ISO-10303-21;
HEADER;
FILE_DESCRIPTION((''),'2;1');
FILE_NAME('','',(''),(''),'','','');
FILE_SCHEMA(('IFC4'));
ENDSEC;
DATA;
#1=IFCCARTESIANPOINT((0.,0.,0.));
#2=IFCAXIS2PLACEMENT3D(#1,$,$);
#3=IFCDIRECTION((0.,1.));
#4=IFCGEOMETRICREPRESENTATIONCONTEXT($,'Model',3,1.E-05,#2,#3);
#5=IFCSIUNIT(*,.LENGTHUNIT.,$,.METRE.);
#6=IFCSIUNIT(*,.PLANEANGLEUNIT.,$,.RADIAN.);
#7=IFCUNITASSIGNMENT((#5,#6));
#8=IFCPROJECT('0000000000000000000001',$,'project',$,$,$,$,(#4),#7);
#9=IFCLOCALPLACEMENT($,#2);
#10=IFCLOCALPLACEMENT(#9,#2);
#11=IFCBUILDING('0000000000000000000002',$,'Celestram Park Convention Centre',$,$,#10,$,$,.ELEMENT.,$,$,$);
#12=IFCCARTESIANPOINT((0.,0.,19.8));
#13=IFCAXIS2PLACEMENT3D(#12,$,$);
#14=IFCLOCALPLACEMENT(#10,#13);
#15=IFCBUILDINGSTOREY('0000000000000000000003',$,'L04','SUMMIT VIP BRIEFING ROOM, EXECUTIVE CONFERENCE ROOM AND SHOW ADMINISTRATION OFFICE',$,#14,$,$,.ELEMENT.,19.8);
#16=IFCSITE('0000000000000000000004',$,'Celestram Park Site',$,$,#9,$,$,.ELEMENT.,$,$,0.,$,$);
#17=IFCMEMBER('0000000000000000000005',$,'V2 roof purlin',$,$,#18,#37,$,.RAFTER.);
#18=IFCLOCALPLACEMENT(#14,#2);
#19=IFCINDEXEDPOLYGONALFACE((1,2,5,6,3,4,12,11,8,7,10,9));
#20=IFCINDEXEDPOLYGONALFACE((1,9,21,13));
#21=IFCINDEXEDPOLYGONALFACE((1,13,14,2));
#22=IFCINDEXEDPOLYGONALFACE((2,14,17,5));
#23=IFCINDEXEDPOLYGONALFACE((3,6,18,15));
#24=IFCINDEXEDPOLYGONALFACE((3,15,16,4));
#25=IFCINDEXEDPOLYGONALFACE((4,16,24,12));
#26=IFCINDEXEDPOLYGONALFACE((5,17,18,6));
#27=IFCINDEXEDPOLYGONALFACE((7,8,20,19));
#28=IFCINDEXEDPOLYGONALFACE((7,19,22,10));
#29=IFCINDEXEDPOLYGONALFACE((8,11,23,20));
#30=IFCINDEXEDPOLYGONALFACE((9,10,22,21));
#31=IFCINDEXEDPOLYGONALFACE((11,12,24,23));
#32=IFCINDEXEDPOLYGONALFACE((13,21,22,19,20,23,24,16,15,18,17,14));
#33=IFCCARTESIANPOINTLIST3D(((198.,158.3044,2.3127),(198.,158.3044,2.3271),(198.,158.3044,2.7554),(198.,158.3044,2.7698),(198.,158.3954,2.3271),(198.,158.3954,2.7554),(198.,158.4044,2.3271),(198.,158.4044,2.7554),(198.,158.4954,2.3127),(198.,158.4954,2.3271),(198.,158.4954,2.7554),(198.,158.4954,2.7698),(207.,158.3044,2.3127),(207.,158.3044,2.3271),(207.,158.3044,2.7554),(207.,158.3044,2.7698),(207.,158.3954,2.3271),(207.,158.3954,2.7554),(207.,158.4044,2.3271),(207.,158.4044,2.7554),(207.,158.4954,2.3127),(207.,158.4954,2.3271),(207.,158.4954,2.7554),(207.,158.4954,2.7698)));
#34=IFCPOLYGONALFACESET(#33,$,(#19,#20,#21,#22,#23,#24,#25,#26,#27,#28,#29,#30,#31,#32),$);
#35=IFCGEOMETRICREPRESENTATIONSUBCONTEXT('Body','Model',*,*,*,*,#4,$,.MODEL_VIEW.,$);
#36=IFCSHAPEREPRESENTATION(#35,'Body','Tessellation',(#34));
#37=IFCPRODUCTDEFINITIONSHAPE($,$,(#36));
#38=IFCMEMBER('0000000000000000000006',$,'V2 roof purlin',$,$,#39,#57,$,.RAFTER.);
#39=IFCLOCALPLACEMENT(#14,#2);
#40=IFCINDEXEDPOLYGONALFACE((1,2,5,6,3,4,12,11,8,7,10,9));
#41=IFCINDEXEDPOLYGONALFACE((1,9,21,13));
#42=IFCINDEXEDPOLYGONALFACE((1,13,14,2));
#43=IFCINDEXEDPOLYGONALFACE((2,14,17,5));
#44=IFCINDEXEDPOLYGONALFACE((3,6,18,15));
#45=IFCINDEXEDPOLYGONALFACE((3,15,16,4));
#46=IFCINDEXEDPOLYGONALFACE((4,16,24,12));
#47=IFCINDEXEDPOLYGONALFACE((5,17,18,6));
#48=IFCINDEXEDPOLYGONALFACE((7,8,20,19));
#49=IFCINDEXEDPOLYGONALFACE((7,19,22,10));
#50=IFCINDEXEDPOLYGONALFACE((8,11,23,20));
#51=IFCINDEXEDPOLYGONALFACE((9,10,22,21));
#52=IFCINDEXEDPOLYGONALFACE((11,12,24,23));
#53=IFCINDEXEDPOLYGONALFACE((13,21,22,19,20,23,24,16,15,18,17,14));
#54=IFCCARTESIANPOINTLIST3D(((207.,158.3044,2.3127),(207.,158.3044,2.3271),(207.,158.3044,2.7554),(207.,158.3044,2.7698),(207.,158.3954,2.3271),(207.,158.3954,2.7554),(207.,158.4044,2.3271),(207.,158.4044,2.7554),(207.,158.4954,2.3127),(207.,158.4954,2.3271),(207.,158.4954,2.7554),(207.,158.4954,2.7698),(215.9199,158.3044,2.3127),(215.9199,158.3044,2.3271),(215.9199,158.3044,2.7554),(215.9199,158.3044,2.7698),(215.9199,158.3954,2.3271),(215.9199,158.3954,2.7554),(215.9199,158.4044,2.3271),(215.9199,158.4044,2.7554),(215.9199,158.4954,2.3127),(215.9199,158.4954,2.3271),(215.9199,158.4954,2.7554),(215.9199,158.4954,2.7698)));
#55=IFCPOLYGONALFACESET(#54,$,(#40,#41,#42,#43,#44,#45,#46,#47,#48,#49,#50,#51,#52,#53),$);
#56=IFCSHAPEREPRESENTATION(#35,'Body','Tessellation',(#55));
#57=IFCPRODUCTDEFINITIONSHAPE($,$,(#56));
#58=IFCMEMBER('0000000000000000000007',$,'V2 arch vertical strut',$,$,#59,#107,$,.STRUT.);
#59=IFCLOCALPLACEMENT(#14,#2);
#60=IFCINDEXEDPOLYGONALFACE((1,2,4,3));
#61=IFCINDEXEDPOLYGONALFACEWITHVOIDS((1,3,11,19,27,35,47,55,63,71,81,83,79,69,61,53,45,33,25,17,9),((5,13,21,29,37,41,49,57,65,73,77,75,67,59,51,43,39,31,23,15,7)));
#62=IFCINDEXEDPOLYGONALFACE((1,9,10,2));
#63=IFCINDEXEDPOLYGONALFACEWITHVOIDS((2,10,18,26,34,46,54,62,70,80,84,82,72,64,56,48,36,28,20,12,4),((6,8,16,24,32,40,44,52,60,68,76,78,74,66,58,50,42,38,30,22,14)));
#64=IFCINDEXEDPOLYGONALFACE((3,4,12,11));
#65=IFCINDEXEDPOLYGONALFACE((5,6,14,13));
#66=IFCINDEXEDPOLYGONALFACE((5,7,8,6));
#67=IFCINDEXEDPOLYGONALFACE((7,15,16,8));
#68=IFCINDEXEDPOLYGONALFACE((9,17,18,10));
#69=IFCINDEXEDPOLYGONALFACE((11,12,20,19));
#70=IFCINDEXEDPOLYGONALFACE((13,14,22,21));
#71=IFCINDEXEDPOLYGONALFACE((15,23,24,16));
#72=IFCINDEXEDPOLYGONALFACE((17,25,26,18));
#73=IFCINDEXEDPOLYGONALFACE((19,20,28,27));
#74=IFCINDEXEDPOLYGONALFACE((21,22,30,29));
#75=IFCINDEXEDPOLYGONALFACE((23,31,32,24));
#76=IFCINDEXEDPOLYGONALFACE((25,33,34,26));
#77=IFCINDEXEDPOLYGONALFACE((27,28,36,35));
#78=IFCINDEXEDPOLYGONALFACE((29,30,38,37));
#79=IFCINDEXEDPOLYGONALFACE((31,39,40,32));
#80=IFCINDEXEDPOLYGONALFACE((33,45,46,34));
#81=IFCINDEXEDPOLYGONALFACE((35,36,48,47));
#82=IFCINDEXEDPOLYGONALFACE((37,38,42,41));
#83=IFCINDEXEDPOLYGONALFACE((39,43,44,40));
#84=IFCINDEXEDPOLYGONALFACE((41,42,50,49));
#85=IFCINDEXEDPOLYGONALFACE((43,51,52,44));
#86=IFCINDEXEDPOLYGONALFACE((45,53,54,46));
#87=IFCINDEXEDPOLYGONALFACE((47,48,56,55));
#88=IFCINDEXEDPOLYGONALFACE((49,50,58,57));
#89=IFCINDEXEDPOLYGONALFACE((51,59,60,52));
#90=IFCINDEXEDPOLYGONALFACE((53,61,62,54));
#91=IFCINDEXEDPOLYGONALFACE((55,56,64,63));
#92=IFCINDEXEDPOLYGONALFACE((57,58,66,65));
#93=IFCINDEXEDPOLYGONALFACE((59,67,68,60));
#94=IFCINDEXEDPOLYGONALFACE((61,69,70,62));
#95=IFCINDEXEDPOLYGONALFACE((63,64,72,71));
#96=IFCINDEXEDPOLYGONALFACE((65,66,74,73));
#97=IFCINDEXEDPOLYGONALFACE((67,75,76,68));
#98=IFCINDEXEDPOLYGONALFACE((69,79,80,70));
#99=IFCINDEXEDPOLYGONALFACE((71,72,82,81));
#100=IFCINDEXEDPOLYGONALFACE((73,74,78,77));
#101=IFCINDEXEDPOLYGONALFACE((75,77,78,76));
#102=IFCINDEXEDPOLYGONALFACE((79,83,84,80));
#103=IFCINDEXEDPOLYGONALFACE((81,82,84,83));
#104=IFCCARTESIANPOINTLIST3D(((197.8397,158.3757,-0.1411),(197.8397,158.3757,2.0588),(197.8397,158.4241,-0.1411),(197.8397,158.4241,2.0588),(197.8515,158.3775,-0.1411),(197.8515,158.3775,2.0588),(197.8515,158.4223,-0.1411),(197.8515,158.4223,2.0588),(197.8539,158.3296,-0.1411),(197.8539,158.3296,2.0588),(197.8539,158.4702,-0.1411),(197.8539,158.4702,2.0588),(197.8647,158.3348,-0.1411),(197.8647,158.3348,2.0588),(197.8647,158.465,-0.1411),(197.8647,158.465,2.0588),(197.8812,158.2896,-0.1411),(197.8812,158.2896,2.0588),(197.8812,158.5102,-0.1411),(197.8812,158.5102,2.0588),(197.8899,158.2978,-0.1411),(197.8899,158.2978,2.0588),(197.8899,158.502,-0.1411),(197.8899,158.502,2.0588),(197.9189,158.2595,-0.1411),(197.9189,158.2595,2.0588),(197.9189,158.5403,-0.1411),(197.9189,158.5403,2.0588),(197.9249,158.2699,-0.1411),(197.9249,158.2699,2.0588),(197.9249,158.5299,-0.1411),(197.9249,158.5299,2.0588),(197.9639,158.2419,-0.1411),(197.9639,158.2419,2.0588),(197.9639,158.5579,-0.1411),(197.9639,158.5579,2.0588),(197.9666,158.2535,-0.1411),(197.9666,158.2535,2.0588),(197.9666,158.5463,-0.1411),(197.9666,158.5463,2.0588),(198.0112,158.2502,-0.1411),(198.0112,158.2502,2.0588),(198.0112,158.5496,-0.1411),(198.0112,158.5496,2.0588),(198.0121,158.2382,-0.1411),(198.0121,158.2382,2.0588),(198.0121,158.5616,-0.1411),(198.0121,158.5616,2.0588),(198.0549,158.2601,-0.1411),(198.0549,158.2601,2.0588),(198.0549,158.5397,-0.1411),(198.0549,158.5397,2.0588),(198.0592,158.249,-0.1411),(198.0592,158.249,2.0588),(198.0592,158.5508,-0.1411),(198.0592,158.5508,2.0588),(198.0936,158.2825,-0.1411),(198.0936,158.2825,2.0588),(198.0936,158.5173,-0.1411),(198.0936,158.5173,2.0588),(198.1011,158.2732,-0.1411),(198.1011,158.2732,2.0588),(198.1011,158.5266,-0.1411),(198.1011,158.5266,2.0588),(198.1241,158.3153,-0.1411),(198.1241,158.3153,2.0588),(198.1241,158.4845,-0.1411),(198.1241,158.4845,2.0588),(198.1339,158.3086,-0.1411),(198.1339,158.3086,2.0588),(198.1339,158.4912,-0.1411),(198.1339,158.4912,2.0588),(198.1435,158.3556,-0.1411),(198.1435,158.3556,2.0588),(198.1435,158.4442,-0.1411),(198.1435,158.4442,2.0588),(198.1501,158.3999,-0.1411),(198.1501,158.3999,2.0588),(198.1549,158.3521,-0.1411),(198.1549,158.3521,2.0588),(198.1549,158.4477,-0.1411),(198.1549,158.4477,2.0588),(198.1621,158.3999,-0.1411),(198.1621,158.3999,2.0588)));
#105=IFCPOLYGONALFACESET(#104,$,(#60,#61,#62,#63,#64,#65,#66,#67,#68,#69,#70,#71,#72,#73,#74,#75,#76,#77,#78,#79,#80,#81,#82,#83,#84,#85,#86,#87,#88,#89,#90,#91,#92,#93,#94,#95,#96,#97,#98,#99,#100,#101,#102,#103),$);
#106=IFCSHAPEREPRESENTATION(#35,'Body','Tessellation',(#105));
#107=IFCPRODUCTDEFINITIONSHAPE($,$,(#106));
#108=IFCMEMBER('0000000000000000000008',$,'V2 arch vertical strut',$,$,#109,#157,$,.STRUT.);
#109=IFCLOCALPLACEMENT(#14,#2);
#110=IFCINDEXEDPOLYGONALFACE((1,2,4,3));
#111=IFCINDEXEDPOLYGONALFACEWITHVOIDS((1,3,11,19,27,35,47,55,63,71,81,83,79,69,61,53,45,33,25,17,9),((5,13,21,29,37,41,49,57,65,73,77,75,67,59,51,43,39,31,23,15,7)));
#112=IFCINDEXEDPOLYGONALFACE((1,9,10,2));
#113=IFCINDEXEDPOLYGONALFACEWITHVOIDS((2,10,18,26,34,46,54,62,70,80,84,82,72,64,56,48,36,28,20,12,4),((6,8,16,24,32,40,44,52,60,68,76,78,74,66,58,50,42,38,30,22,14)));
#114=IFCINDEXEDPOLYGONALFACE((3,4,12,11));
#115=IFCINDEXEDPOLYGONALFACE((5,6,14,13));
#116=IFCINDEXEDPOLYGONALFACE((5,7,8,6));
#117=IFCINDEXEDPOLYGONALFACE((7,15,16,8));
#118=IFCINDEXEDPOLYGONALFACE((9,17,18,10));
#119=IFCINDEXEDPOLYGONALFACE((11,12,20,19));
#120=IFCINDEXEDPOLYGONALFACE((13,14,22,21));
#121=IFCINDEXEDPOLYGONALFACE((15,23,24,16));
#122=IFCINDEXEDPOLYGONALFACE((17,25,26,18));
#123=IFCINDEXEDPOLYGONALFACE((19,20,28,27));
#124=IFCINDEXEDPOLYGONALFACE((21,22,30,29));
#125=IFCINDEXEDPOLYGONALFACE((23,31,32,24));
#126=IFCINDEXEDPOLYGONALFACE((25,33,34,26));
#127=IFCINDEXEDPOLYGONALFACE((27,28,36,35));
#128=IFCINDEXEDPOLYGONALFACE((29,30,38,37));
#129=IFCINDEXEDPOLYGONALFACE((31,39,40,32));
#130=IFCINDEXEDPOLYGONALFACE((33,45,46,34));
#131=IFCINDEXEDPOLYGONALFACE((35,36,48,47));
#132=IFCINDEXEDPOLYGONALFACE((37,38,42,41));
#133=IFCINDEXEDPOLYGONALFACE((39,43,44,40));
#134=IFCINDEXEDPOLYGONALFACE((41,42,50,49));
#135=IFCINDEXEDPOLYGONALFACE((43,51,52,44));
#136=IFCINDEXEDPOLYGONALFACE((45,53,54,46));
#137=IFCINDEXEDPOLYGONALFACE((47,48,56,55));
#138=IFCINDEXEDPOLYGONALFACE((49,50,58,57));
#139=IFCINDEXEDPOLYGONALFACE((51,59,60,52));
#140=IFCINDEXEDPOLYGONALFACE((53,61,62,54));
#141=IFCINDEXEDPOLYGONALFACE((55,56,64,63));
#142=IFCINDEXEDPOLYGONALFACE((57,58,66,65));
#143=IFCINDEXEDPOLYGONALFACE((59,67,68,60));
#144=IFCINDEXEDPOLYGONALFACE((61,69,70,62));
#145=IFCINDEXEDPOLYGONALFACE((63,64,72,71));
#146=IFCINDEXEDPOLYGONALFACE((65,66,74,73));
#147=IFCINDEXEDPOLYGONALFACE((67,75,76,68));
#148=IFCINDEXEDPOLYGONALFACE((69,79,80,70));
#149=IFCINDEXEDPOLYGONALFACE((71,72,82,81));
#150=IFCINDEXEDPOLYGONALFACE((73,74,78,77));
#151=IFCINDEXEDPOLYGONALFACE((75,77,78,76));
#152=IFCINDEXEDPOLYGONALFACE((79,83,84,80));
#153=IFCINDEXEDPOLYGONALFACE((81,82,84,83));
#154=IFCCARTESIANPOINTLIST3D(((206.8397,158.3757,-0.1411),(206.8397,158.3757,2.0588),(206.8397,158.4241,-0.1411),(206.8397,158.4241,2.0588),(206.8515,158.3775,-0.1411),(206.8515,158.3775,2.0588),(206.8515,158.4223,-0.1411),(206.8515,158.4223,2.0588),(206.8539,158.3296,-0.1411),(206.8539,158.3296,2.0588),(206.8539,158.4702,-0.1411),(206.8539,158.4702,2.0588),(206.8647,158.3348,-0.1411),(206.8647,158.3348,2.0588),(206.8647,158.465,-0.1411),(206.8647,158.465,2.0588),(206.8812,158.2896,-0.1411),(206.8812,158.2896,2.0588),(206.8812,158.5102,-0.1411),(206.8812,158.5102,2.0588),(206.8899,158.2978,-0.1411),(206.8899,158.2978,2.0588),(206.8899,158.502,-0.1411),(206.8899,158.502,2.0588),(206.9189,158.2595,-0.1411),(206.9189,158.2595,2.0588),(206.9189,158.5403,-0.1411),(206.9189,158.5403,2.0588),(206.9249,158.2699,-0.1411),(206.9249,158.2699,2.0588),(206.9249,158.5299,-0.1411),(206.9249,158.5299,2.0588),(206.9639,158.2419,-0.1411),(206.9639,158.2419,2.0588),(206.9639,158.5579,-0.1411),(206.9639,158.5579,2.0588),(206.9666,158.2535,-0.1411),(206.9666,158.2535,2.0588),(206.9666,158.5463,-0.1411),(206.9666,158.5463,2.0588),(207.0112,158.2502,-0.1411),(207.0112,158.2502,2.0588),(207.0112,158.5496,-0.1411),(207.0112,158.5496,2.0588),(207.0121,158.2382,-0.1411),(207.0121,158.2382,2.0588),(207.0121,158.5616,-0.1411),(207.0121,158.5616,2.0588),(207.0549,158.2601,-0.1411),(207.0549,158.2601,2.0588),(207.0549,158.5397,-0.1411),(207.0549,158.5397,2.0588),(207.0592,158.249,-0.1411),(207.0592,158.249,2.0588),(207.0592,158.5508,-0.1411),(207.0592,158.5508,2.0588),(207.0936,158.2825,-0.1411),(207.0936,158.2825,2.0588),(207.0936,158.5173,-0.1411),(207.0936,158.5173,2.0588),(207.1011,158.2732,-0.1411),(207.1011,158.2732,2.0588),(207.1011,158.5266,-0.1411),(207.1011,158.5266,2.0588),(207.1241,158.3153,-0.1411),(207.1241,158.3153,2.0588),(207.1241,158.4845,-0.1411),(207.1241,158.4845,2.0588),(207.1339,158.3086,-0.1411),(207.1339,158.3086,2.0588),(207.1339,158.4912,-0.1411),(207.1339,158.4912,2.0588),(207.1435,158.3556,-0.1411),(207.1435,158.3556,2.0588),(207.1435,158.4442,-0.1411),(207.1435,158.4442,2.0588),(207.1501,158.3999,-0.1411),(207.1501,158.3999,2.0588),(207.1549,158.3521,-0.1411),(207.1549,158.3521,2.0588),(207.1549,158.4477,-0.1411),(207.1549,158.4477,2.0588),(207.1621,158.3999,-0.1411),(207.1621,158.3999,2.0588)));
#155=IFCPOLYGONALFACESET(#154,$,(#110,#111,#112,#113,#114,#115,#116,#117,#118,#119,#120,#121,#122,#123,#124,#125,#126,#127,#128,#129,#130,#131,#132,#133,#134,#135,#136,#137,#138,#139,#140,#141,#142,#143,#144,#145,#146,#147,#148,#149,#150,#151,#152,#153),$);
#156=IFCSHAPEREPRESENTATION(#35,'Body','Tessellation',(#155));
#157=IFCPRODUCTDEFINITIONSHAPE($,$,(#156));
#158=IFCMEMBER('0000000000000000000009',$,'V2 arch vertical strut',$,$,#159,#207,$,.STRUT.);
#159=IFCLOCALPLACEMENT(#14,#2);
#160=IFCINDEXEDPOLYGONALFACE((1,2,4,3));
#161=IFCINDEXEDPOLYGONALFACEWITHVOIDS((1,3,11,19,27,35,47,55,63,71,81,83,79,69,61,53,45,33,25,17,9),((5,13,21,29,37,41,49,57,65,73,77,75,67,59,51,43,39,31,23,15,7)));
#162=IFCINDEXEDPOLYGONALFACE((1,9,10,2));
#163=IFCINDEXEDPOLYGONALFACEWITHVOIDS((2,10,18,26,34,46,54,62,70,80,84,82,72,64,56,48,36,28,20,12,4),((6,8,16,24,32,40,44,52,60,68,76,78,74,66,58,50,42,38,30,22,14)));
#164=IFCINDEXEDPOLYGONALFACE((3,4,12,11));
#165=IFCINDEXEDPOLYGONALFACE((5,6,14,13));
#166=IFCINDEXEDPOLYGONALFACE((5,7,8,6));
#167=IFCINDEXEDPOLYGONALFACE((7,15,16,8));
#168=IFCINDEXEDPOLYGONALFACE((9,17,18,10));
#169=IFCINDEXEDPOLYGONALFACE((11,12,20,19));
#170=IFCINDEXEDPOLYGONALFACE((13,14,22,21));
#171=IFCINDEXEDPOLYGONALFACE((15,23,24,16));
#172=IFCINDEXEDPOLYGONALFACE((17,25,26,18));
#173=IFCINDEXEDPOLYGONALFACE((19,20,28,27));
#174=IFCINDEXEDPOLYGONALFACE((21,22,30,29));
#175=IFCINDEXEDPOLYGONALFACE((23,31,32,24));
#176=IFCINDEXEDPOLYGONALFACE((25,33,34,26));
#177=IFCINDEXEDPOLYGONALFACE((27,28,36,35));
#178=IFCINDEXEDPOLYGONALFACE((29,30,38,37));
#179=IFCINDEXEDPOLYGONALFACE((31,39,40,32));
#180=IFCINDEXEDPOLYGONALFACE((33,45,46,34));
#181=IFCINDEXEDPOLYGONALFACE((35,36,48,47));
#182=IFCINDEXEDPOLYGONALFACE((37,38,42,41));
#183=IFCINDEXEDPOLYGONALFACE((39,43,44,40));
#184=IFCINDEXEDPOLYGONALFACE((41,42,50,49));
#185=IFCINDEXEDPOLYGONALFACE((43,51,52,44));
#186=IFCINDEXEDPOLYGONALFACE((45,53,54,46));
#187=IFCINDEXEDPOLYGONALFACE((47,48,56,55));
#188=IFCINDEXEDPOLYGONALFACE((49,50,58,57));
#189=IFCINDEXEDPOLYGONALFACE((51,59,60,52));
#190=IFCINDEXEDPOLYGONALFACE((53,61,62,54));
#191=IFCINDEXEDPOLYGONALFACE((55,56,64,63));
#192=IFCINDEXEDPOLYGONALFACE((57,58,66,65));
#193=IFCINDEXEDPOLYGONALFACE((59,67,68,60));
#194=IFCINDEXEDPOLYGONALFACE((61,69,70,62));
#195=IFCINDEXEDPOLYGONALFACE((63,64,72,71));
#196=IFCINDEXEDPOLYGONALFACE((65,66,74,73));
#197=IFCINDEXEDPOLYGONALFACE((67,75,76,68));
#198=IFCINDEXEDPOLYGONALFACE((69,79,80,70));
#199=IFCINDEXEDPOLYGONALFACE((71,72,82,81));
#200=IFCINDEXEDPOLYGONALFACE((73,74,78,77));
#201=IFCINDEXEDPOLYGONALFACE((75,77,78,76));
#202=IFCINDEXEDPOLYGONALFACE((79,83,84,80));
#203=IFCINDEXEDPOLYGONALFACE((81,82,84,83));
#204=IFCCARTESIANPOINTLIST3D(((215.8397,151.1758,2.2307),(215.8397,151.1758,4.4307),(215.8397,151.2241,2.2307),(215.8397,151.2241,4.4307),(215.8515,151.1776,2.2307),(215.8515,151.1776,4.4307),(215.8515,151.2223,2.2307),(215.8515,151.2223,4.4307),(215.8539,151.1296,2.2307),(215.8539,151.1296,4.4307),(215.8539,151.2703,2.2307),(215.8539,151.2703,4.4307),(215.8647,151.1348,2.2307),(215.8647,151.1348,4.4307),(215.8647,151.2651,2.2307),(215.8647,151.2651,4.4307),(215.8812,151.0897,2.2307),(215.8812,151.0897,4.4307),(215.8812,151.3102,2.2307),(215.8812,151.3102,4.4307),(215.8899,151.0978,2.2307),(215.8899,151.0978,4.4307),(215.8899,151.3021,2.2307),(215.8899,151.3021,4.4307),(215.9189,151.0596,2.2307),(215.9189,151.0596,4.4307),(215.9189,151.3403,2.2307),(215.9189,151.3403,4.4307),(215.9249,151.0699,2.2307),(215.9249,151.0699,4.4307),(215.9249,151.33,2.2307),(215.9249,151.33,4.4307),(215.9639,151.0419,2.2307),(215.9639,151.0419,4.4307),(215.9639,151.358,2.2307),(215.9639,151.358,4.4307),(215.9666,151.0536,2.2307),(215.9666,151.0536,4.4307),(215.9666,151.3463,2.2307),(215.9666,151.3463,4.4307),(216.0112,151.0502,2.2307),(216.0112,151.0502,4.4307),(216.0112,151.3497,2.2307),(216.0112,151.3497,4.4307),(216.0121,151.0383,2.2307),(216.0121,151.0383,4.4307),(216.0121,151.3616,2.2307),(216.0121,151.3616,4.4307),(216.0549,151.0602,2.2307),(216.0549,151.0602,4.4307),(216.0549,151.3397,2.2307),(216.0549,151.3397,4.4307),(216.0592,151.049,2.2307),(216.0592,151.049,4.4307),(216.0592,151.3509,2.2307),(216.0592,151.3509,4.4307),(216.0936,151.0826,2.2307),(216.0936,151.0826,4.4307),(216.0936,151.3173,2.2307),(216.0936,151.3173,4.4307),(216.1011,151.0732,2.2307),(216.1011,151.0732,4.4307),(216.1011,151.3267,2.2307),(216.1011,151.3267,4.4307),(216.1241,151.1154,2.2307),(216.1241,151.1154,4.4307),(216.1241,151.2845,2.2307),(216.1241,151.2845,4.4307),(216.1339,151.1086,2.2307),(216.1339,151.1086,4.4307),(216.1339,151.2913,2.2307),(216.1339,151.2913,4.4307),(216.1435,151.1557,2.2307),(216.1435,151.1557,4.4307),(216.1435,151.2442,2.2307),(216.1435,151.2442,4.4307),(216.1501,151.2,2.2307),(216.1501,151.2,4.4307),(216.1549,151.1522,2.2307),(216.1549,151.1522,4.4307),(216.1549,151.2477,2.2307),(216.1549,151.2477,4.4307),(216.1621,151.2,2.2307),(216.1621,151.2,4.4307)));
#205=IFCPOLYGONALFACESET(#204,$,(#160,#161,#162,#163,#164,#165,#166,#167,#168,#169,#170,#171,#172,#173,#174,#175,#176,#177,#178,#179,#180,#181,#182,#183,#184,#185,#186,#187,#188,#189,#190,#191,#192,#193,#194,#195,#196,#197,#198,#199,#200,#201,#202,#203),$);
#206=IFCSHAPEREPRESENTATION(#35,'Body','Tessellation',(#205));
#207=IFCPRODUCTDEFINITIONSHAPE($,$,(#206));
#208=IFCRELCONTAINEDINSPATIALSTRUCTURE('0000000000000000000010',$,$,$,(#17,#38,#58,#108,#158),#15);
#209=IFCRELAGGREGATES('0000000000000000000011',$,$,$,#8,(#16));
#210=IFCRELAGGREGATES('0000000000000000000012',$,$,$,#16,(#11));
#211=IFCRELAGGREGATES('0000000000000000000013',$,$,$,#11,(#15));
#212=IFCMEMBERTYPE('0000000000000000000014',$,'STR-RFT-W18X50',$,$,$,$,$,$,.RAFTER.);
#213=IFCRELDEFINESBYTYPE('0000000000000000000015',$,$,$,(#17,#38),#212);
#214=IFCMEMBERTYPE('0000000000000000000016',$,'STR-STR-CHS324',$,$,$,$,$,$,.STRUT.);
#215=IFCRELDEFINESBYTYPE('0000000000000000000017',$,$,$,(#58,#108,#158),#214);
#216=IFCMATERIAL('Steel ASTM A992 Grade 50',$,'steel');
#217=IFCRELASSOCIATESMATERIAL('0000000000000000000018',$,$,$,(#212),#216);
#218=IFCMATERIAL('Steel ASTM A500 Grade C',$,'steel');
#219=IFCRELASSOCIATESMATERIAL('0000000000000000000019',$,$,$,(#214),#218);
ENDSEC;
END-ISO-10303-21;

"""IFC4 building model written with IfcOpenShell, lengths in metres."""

from ifc_helpers import new_model, si_unit, direction, frame, origin, origin_2d, place, context, subcontext, project, spatial, hollow_circle, i_section, extrude, material, material_profile, profile_set, type_object, element, save


model = new_model("IFC4")

# Units and contexts
model_context = context("Model", 3, precision=1e-05, world=origin(), true_north=direction((0.0, 1.0)))
body_context = subcontext(model_context, "Body", "Model", "MODEL_VIEW")
ifc_project = project(units=[si_unit("LENGTHUNIT", "METRE"), si_unit("PLANEANGLEUNIT", "RADIAN")], contexts=[model_context])

# Site, building, storey
site_placement = place(None, origin())
site = spatial("IfcSite", under=ifc_project, at=site_placement, Name="Celestram Park Site", CompositionType="ELEMENT", RefElevation=0.0)
building_placement = place(site_placement, origin())
building = spatial("IfcBuilding", under=site, at=building_placement, Name="Celestram Park Convention Centre", CompositionType="ELEMENT")
storey_placement = place(building_placement, frame((0.0, 0.0, 19.8)))
storey = spatial("IfcBuildingStorey", under=building, at=storey_placement, Name="L04", Description="SUMMIT VIP BRIEFING ROOM, EXECUTIVE CONFERENCE ROOM AND SHOW ADMINISTRATION OFFICE", CompositionType="ELEMENT", Elevation=19.8)

# Members
ifc_material_1 = material(Name="Steel ASTM A500 Grade C", Category="steel")
ifc_material_2 = material(Name="Steel ASTM A992 Grade 50", Category="steel")
ifc_material_profile_1 = material_profile(ifc_material_2, i_section(OverallWidth=0.1909, OverallDepth=0.457, WebThickness=0.009, FlangeThickness=0.0144, at=origin_2d()), Name="W18X50")
ifc_profile_set_1 = profile_set([ifc_material_profile_1], Name="Steel ASTM A992 Grade 50")
member_type_1 = type_object("IfcMemberType", Name="STR-RFT-W18X50", PredefinedType="RAFTER", material=ifc_profile_set_1)
member_1_placement = place(storey_placement, frame((198.0, 158.3999, 2.5413), z_axis=(1.0, 0.0, 0.0), x_axis=(0.0, 1.0, 0.0)))
element("IfcMember", 1, at=member_1_placement, inside=storey, type_object=member_type_1, Name="V2 roof purlin", PredefinedType="RAFTER", context=body_context, shape_type="SweptSolid", body=[
    extrude(i_section(OverallWidth=0.1909, OverallDepth=0.457, WebThickness=0.009, FlangeThickness=0.0144, at=origin_2d()), origin(), (0.0, 0.0, 1.0), 9.0),
])
member_2_placement = place(storey_placement, frame((207.0, 158.3999, 2.5413), z_axis=(1.0, 0.0, 0.0), x_axis=(0.0, 1.0, 0.0)))
element("IfcMember", 2, at=member_2_placement, inside=storey, type_object=member_type_1, Name="V2 roof purlin", PredefinedType="RAFTER", context=body_context, shape_type="SweptSolid", body=[
    extrude(i_section(OverallWidth=0.1909, OverallDepth=0.457, WebThickness=0.009, FlangeThickness=0.0144, at=origin_2d()), origin(), (0.0, 0.0, 1.0), 8.9199),
])
ifc_material_profile_2 = material_profile(ifc_material_1, hollow_circle(Radius=0.1621, WallThickness=0.012, at=origin_2d()), Name="CHS324X12")
ifc_profile_set_2 = profile_set([ifc_material_profile_2], Name="Steel ASTM A500 Grade C")
member_type_2 = type_object("IfcMemberType", Name="STR-STR-CHS324", PredefinedType="STRUT", material=ifc_profile_set_2)
for number, where, z_axis, x_axis, name in (
    (3, (198.0, 158.3999, -0.1411), (0.0, 0.0, 1.0), (1.0, 0.0, 0.0), "V2 arch vertical strut"),
    (4, (207.0, 158.3999, -0.1411), (0.0, 0.0, 1.0), (1.0, 0.0, 0.0), "V2 arch vertical strut"),
    (5, (216.0, 151.2, 2.2307), (0.0, 0.0, 1.0), (1.0, 0.0, 0.0), "V2 arch vertical strut"),
):
    element("IfcMember", number, at=place(storey_placement, frame(where, z_axis=z_axis, x_axis=x_axis)), inside=storey, type_object=member_type_2, Name=name, PredefinedType="STRUT", context=body_context, shape_type="SweptSolid", body=[
        extrude(hollow_circle(Radius=0.1621, WallThickness=0.012, at=origin_2d()), origin(), (0.0, 0.0, 1.0), 2.2),
    ])

save(model, "model.ifc")
